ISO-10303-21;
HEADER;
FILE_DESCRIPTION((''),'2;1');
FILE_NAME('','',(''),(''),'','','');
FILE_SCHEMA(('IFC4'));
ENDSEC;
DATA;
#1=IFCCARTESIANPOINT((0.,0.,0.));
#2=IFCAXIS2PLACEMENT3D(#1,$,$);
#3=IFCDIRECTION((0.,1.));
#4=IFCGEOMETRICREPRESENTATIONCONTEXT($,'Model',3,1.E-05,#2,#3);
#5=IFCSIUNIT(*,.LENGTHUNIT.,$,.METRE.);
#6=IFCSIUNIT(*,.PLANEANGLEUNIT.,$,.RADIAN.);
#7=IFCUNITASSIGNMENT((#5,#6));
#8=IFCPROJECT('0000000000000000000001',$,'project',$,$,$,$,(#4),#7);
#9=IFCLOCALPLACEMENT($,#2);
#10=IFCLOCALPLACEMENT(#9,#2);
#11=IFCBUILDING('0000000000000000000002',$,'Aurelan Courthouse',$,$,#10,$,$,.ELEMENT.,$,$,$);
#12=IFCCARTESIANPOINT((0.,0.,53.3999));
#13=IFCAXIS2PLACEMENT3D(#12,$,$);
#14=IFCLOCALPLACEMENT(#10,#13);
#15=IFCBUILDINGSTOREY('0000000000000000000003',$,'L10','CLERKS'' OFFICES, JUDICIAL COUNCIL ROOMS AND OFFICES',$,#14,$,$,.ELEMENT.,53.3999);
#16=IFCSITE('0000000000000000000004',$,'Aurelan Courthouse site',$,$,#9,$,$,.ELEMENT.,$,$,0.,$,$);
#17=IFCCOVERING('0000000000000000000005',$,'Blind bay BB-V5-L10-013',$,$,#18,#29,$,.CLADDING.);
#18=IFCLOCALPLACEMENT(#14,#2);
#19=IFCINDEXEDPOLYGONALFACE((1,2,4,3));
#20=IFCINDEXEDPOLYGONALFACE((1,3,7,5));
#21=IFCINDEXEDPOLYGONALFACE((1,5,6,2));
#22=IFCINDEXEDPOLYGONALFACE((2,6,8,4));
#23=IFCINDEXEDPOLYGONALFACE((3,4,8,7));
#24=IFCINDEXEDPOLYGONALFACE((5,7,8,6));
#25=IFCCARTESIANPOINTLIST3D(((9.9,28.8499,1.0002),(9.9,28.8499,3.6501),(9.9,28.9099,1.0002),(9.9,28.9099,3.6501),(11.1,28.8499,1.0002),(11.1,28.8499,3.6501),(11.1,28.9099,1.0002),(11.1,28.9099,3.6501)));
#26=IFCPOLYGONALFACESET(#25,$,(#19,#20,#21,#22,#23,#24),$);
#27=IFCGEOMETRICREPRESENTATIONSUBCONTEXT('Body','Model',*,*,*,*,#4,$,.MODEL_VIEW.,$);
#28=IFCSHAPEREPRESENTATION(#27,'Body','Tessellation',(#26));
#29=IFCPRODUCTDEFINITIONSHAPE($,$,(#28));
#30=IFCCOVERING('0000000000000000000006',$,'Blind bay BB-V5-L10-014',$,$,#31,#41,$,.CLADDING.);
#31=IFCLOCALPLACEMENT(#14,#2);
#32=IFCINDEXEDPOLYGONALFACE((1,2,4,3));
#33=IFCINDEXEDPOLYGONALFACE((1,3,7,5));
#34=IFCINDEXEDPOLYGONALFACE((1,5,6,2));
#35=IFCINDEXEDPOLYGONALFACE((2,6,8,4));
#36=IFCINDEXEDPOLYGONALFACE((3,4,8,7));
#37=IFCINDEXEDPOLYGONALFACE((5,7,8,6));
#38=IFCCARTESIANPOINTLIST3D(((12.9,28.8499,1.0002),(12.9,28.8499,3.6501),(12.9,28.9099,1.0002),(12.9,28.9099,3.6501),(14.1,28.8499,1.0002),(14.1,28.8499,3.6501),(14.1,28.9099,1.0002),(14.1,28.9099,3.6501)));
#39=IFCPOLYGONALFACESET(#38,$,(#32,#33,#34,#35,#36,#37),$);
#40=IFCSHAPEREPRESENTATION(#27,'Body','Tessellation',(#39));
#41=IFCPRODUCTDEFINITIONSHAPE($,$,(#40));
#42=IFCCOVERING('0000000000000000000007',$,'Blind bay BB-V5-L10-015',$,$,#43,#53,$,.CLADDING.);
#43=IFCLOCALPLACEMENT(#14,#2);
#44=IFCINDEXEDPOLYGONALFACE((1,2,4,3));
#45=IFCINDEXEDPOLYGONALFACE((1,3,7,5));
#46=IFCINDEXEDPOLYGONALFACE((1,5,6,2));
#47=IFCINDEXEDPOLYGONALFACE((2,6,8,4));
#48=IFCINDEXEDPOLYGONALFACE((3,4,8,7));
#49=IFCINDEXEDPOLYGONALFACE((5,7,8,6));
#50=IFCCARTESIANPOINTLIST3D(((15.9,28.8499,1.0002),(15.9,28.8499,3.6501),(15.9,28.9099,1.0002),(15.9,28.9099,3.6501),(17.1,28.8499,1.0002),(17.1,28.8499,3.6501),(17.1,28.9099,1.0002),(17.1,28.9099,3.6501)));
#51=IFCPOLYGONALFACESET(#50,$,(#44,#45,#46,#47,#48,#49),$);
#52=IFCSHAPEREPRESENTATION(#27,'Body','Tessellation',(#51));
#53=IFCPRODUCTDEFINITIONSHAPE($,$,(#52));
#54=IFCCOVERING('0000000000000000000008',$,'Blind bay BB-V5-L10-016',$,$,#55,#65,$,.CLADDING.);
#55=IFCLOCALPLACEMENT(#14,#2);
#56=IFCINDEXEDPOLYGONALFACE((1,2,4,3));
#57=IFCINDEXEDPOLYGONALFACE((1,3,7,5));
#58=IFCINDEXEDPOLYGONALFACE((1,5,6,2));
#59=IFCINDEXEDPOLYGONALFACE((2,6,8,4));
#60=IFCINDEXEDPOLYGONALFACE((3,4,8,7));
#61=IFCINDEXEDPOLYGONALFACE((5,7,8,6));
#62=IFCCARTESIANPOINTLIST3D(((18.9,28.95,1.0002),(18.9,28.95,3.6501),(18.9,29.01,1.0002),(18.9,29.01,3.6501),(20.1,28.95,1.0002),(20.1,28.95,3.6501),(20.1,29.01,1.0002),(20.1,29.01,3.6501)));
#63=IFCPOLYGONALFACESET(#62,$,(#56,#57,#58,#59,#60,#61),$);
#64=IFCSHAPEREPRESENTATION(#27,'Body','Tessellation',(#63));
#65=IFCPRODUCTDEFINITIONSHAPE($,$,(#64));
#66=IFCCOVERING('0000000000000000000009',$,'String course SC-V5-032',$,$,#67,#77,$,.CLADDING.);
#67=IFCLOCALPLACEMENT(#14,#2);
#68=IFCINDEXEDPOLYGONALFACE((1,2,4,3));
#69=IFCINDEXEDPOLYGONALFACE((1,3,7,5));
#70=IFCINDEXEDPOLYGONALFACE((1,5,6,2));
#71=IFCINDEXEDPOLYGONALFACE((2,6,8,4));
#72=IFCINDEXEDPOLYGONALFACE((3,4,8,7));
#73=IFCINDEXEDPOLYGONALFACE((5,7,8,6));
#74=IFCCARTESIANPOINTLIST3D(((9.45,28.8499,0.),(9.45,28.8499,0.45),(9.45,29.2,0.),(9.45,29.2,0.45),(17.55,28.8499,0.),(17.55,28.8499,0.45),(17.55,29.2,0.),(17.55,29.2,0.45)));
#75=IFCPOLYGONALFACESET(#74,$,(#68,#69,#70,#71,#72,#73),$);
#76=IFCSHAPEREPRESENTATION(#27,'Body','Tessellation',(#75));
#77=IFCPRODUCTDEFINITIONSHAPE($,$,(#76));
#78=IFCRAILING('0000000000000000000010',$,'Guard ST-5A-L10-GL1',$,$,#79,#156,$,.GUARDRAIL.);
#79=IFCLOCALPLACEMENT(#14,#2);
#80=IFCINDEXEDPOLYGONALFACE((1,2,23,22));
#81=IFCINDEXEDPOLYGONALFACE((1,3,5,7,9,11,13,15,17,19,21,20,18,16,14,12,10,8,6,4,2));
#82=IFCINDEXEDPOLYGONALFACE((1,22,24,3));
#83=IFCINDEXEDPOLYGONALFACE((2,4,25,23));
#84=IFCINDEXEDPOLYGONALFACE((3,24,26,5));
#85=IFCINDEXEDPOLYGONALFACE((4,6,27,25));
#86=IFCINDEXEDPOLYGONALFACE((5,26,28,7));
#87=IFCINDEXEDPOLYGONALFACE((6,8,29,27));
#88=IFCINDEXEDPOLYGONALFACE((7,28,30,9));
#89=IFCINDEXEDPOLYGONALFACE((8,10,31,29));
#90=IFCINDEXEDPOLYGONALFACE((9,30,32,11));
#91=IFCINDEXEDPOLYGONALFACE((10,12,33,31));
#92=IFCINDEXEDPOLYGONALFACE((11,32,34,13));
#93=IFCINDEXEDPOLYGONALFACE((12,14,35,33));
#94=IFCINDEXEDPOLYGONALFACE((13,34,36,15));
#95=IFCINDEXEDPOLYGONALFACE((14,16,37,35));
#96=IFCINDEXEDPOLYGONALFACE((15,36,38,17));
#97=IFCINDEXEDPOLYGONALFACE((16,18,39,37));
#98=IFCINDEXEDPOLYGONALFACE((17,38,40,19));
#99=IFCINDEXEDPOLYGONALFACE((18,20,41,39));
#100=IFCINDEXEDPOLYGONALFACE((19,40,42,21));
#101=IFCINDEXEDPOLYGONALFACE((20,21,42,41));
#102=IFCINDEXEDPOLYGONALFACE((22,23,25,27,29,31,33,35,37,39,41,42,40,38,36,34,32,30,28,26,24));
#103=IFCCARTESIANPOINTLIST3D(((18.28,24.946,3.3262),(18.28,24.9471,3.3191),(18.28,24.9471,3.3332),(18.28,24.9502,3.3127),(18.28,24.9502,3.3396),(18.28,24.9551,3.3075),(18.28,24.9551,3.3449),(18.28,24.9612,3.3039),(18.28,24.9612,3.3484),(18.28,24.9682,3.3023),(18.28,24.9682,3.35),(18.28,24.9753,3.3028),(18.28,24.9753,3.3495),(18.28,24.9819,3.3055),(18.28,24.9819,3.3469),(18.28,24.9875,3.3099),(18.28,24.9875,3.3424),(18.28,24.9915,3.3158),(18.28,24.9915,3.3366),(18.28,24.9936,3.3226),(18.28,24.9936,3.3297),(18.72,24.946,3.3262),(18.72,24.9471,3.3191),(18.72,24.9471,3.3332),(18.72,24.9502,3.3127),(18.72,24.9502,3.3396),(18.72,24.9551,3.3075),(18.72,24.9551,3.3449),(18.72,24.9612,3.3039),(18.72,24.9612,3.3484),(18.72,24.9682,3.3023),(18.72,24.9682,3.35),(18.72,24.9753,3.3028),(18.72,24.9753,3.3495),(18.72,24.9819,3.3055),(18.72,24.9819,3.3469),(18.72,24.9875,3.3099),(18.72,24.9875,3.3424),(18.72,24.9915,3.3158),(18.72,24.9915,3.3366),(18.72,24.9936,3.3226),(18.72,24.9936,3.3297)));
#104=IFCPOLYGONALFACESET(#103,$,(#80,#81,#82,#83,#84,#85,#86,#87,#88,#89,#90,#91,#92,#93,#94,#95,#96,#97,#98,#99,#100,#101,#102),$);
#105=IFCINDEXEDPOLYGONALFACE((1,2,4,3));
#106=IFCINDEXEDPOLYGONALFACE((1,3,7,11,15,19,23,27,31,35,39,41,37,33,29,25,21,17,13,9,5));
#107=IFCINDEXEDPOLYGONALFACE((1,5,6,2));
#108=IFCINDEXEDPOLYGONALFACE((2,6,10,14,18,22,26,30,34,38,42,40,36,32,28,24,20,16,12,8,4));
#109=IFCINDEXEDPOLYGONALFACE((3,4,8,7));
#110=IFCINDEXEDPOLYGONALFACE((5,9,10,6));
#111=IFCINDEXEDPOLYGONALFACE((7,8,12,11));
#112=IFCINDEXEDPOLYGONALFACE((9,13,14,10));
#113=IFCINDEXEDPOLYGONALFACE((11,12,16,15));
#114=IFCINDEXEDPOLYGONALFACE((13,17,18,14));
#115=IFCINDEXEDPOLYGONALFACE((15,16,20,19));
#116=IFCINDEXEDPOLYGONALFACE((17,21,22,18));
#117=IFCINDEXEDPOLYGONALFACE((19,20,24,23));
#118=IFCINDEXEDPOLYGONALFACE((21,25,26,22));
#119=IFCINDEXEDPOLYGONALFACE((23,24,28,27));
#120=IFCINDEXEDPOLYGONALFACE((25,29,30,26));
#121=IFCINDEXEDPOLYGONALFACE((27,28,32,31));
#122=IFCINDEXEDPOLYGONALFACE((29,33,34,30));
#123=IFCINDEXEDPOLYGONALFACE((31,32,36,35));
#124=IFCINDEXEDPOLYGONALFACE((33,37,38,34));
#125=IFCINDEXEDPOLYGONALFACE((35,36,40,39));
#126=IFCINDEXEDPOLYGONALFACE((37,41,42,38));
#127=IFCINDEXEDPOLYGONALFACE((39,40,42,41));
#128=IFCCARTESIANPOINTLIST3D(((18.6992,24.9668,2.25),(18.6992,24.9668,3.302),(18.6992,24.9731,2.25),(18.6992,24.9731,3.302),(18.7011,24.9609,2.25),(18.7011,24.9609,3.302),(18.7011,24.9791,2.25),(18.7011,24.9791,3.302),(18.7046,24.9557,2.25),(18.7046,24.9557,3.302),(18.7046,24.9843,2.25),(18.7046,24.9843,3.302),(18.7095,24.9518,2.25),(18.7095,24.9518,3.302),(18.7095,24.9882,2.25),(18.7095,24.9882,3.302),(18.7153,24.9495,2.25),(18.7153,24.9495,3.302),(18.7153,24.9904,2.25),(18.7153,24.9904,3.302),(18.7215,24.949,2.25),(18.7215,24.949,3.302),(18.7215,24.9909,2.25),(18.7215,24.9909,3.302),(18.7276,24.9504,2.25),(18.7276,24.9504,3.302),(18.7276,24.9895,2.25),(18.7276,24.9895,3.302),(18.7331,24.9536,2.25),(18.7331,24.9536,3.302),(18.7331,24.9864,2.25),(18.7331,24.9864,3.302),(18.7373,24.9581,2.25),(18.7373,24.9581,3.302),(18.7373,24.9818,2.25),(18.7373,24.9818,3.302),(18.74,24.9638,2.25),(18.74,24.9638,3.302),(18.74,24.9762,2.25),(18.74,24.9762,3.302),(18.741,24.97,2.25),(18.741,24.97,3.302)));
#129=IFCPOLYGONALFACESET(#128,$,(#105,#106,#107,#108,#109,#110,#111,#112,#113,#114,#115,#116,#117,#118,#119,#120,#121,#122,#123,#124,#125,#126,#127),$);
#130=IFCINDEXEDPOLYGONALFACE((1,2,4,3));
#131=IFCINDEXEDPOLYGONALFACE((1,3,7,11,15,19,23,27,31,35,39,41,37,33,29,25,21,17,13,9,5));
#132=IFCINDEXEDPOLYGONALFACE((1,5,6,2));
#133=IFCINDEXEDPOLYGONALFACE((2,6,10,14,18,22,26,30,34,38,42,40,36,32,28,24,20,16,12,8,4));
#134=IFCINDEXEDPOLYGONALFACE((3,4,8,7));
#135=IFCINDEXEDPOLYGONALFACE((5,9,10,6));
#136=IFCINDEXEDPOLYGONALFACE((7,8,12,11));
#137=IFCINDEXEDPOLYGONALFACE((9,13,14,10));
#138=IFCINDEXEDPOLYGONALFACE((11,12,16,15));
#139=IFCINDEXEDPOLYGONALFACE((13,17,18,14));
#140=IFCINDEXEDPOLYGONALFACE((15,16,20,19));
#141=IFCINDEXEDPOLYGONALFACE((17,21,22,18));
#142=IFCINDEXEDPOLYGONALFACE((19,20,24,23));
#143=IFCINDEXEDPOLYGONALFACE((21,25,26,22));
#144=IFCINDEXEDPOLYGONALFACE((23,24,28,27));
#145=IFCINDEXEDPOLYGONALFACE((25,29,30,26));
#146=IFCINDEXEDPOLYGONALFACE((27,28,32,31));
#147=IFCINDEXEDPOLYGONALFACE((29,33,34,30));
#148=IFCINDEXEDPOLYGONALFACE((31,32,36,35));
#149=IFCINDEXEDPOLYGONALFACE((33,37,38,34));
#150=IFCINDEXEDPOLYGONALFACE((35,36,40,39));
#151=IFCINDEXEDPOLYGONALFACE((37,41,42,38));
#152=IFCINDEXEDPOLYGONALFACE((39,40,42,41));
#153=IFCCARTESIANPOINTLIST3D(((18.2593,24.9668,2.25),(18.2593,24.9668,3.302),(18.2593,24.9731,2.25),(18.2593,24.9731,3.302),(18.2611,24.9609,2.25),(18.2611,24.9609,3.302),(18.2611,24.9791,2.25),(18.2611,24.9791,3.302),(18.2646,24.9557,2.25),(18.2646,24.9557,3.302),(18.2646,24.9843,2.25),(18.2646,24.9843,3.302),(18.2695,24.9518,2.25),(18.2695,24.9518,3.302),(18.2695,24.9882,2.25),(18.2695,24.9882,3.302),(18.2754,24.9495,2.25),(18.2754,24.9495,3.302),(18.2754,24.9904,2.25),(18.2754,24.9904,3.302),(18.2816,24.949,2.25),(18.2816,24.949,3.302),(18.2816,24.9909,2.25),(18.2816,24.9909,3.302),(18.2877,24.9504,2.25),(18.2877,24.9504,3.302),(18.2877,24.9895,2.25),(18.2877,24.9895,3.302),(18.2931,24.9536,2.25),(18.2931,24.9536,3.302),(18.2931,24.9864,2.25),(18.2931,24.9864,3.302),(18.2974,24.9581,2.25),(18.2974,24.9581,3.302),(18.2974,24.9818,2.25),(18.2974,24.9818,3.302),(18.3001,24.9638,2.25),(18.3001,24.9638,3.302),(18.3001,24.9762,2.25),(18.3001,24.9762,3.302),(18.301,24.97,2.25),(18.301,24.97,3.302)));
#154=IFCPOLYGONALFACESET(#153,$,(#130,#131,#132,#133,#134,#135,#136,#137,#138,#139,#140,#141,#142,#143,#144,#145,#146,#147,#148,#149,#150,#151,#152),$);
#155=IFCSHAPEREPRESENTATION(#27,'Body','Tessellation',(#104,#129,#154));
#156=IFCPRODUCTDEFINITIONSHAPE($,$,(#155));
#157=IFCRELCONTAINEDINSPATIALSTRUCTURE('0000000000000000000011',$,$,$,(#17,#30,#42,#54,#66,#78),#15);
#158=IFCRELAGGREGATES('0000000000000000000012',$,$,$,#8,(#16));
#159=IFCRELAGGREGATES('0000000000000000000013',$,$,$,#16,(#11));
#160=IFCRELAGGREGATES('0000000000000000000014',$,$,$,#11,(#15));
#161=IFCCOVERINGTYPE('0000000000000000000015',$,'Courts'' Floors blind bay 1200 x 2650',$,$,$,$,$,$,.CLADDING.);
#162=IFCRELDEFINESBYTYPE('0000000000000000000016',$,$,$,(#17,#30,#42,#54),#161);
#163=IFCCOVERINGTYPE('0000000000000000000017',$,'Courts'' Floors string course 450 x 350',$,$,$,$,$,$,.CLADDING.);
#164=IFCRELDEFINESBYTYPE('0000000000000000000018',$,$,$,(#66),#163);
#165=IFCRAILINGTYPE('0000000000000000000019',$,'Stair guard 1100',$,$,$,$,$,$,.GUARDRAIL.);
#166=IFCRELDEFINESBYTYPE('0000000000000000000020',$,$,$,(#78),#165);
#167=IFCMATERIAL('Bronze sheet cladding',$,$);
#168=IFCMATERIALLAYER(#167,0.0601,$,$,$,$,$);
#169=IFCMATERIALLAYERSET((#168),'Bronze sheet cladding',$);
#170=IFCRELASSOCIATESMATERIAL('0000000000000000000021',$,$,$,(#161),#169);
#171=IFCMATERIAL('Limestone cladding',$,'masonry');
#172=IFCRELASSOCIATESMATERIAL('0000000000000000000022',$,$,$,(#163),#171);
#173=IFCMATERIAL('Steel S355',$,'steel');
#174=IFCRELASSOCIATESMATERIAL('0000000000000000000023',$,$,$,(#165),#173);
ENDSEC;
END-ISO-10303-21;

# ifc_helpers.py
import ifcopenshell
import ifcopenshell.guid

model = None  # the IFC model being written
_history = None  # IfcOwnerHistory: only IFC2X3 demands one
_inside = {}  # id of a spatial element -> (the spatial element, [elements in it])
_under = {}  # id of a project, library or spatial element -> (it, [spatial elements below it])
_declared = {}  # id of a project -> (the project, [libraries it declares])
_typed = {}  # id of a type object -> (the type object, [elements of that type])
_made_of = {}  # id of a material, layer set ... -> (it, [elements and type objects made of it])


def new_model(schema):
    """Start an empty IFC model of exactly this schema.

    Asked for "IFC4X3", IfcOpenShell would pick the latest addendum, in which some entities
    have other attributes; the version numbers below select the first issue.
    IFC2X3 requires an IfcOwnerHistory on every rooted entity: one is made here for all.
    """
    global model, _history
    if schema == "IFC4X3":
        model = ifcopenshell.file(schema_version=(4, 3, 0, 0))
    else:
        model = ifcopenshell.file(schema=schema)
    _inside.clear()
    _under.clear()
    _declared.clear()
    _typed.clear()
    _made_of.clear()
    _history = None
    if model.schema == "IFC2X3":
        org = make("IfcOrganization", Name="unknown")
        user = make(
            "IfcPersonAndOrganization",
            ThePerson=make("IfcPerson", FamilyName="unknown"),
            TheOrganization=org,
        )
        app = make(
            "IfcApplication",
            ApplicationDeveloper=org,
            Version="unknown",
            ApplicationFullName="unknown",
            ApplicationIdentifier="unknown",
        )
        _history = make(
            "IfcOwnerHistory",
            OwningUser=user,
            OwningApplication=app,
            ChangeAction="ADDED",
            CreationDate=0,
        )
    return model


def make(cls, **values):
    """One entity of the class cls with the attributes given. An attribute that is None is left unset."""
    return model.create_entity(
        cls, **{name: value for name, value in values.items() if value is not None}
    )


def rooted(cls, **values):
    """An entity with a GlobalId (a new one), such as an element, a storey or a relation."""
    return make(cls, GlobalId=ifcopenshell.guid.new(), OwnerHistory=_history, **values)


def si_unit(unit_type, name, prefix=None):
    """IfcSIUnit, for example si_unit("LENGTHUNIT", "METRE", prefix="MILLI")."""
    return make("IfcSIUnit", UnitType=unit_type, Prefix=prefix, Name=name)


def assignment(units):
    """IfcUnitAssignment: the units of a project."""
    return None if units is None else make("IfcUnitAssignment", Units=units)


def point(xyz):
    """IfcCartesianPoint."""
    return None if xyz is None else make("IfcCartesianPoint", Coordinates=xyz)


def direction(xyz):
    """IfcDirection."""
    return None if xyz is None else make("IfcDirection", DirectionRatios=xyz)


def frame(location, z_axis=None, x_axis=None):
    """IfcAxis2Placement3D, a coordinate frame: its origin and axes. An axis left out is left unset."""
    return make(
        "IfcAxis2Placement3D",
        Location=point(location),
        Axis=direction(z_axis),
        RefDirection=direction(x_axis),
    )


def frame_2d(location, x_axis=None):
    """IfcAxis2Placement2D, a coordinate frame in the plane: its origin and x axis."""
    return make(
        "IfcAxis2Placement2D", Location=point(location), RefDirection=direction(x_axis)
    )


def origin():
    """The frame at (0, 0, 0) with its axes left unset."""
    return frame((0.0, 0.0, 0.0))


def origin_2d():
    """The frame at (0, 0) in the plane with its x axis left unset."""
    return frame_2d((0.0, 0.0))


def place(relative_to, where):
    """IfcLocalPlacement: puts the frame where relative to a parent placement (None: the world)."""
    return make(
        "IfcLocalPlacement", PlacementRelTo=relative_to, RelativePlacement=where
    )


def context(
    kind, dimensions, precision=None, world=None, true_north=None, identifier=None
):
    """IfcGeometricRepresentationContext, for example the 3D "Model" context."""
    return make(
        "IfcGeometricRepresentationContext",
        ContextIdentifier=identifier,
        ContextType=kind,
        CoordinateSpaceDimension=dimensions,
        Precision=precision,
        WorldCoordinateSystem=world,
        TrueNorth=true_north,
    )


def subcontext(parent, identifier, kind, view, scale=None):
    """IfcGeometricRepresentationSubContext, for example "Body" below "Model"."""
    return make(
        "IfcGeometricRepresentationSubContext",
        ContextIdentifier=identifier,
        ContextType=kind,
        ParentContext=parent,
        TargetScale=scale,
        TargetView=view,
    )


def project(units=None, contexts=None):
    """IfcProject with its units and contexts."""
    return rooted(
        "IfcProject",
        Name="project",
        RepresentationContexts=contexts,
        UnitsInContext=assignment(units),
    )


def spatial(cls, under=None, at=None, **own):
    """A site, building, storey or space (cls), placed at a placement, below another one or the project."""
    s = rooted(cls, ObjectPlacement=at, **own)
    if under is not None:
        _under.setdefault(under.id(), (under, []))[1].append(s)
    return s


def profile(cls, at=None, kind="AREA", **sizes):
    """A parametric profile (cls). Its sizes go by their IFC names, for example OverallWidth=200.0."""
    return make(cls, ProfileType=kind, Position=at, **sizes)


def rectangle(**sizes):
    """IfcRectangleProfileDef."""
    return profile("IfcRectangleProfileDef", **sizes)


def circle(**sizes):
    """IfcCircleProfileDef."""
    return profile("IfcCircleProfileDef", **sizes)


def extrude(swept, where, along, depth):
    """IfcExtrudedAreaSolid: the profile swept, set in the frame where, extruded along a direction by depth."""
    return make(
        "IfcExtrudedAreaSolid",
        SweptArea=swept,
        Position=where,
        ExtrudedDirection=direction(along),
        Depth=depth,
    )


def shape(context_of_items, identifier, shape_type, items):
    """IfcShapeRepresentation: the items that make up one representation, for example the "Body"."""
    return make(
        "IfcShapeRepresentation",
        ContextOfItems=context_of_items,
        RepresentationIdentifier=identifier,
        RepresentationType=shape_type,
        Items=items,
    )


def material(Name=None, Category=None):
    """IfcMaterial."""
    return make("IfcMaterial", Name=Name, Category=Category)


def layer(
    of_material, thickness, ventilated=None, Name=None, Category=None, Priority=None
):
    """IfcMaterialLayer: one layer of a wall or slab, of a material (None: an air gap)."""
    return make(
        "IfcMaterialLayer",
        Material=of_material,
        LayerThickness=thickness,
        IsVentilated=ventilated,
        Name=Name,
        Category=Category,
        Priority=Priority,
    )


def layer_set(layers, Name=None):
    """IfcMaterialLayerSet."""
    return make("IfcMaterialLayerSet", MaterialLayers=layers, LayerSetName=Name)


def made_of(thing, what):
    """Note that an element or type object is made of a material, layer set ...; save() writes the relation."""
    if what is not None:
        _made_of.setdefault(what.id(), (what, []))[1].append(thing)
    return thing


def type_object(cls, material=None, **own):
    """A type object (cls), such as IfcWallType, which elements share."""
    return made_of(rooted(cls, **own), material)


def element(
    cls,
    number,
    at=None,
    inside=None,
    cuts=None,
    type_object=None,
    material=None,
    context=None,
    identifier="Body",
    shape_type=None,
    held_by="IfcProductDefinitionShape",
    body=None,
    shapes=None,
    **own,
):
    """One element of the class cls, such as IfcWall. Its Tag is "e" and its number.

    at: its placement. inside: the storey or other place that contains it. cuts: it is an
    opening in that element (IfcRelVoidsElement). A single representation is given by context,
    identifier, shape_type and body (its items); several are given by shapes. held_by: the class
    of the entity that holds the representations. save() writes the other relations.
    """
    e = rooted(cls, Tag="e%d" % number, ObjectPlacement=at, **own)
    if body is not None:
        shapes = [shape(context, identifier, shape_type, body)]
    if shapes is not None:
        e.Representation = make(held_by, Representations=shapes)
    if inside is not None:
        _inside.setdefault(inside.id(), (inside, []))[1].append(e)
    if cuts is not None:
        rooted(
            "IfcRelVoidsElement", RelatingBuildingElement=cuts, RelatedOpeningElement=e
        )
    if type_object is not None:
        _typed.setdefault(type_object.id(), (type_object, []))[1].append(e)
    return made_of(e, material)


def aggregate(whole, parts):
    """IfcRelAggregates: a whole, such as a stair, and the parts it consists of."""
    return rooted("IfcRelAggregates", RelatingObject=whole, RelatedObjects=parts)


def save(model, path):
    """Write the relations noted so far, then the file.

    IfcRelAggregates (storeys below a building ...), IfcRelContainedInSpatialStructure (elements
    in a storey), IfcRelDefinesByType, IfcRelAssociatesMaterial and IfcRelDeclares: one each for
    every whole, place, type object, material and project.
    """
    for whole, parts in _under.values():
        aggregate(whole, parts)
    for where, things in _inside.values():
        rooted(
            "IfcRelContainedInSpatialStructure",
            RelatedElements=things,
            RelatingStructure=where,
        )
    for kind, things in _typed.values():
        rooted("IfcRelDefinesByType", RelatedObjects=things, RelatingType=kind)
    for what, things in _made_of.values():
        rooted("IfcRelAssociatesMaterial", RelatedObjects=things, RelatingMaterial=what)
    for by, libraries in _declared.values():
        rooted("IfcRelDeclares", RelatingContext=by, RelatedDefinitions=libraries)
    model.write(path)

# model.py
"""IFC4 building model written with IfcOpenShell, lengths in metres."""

from ifc_helpers import new_model, si_unit, direction, frame, origin, origin_2d, place, context, subcontext, project, spatial, rectangle, circle, extrude, material, layer, layer_set, type_object, element, save


model = new_model("IFC4")

# Units and contexts
model_context = context("Model", 3, precision=1e-05, world=origin(), true_north=direction((0.0, 1.0)))
body_context = subcontext(model_context, "Body", "Model", "MODEL_VIEW")
ifc_project = project(units=[si_unit("LENGTHUNIT", "METRE"), si_unit("PLANEANGLEUNIT", "RADIAN")], contexts=[model_context])

# Site, building, storey
site_placement = place(None, origin())
site = spatial("IfcSite", under=ifc_project, at=site_placement, Name="Aurelan Courthouse site", CompositionType="ELEMENT", RefElevation=0.0)
building_placement = place(site_placement, origin())
building = spatial("IfcBuilding", under=site, at=building_placement, Name="Aurelan Courthouse", CompositionType="ELEMENT")
storey_placement = place(building_placement, frame((0.0, 0.0, 53.3999)))
storey = spatial("IfcBuildingStorey", under=building, at=storey_placement, Name="L10", Description="CLERKS' OFFICES, JUDICIAL COUNCIL ROOMS AND OFFICES", CompositionType="ELEMENT", Elevation=53.3999)

# Shared definitions
ifc_material_1 = material(Name="Limestone cladding", Category="masonry")

# Coverings
ifc_material_2 = material(Name="Bronze sheet cladding")
ifc_layer_1 = layer(ifc_material_2, 0.0601)
ifc_layer_set_1 = layer_set([ifc_layer_1], Name="Bronze sheet cladding")
covering_type_1 = type_object("IfcCoveringType", Name="Courts' Floors blind bay 1200 x 2650", PredefinedType="CLADDING", material=ifc_layer_set_1)
for number, where, z_axis, x_axis, name in (
    (1, (10.5, 28.8799, 1.0002), (0.0, 0.0, 1.0), (1.0, 0.0, 0.0), "Blind bay BB-V5-L10-013"),
    (2, (13.5, 28.8799, 1.0002), (0.0, 0.0, 1.0), (1.0, 0.0, 0.0), "Blind bay BB-V5-L10-014"),
    (3, (16.5, 28.8799, 1.0002), (0.0, 0.0, 1.0), (1.0, 0.0, 0.0), "Blind bay BB-V5-L10-015"),
    (4, (19.5, 28.98, 1.0002), (0.0, 0.0, 1.0), (1.0, 0.0, 0.0), "Blind bay BB-V5-L10-016"),
):
    element("IfcCovering", number, at=place(storey_placement, frame(where, z_axis=z_axis, x_axis=x_axis)), inside=storey, type_object=covering_type_1, Name=name, PredefinedType="CLADDING", context=body_context, shape_type="SweptSolid", body=[
        extrude(rectangle(XDim=1.2, YDim=0.0601, at=origin_2d()), origin(), (0.0, 0.0, 1.0), 2.6499),
    ])
covering_type_2 = type_object("IfcCoveringType", Name="Courts' Floors string course 450 x 350", PredefinedType="CLADDING", material=ifc_material_1)
covering_placement = place(storey_placement, frame((13.5, 29.0249, 0.0), z_axis=(0.0, 0.0, 1.0), x_axis=(1.0, 0.0, 0.0)))
element("IfcCovering", 5, at=covering_placement, inside=storey, type_object=covering_type_2, Name="String course SC-V5-032", PredefinedType="CLADDING", context=body_context, shape_type="SweptSolid", body=[
    extrude(rectangle(XDim=8.1001, YDim=0.3501, at=origin_2d()), origin(), (0.0, 0.0, 1.0), 0.45),
])

# Railing
ifc_material_3 = material(Name="Steel S355", Category="steel")
railing_type_1 = type_object("IfcRailingType", Name="Stair guard 1100", PredefinedType="GUARDRAIL", material=ifc_material_3)
railing_1_placement = place(storey_placement, frame((18.72, 24.97, 2.25)))
element("IfcRailing", 6, at=railing_1_placement, inside=storey, type_object=railing_type_1, Name="Guard ST-5A-L10-GL1", PredefinedType="GUARDRAIL", context=body_context, shape_type="SweptSolid", body=[
    extrude(circle(Radius=0.0239, at=origin_2d()), frame((0.0, 0.0, 1.0762), z_axis=(-1.0, 0.0, 0.0), x_axis=(0.0, -1.0, 0.0)), (0.0, 0.0, 1.0), 0.4399),
    extrude(circle(Radius=0.021, at=origin_2d()), origin(), (0.0, 0.0, 1.0), 1.052),
    extrude(circle(Radius=0.021, at=origin_2d()), frame((-0.4399, 0.0, 0.0)), (0.0, 0.0, 1.0), 1.052),
])

save(model, "model.ifc")
